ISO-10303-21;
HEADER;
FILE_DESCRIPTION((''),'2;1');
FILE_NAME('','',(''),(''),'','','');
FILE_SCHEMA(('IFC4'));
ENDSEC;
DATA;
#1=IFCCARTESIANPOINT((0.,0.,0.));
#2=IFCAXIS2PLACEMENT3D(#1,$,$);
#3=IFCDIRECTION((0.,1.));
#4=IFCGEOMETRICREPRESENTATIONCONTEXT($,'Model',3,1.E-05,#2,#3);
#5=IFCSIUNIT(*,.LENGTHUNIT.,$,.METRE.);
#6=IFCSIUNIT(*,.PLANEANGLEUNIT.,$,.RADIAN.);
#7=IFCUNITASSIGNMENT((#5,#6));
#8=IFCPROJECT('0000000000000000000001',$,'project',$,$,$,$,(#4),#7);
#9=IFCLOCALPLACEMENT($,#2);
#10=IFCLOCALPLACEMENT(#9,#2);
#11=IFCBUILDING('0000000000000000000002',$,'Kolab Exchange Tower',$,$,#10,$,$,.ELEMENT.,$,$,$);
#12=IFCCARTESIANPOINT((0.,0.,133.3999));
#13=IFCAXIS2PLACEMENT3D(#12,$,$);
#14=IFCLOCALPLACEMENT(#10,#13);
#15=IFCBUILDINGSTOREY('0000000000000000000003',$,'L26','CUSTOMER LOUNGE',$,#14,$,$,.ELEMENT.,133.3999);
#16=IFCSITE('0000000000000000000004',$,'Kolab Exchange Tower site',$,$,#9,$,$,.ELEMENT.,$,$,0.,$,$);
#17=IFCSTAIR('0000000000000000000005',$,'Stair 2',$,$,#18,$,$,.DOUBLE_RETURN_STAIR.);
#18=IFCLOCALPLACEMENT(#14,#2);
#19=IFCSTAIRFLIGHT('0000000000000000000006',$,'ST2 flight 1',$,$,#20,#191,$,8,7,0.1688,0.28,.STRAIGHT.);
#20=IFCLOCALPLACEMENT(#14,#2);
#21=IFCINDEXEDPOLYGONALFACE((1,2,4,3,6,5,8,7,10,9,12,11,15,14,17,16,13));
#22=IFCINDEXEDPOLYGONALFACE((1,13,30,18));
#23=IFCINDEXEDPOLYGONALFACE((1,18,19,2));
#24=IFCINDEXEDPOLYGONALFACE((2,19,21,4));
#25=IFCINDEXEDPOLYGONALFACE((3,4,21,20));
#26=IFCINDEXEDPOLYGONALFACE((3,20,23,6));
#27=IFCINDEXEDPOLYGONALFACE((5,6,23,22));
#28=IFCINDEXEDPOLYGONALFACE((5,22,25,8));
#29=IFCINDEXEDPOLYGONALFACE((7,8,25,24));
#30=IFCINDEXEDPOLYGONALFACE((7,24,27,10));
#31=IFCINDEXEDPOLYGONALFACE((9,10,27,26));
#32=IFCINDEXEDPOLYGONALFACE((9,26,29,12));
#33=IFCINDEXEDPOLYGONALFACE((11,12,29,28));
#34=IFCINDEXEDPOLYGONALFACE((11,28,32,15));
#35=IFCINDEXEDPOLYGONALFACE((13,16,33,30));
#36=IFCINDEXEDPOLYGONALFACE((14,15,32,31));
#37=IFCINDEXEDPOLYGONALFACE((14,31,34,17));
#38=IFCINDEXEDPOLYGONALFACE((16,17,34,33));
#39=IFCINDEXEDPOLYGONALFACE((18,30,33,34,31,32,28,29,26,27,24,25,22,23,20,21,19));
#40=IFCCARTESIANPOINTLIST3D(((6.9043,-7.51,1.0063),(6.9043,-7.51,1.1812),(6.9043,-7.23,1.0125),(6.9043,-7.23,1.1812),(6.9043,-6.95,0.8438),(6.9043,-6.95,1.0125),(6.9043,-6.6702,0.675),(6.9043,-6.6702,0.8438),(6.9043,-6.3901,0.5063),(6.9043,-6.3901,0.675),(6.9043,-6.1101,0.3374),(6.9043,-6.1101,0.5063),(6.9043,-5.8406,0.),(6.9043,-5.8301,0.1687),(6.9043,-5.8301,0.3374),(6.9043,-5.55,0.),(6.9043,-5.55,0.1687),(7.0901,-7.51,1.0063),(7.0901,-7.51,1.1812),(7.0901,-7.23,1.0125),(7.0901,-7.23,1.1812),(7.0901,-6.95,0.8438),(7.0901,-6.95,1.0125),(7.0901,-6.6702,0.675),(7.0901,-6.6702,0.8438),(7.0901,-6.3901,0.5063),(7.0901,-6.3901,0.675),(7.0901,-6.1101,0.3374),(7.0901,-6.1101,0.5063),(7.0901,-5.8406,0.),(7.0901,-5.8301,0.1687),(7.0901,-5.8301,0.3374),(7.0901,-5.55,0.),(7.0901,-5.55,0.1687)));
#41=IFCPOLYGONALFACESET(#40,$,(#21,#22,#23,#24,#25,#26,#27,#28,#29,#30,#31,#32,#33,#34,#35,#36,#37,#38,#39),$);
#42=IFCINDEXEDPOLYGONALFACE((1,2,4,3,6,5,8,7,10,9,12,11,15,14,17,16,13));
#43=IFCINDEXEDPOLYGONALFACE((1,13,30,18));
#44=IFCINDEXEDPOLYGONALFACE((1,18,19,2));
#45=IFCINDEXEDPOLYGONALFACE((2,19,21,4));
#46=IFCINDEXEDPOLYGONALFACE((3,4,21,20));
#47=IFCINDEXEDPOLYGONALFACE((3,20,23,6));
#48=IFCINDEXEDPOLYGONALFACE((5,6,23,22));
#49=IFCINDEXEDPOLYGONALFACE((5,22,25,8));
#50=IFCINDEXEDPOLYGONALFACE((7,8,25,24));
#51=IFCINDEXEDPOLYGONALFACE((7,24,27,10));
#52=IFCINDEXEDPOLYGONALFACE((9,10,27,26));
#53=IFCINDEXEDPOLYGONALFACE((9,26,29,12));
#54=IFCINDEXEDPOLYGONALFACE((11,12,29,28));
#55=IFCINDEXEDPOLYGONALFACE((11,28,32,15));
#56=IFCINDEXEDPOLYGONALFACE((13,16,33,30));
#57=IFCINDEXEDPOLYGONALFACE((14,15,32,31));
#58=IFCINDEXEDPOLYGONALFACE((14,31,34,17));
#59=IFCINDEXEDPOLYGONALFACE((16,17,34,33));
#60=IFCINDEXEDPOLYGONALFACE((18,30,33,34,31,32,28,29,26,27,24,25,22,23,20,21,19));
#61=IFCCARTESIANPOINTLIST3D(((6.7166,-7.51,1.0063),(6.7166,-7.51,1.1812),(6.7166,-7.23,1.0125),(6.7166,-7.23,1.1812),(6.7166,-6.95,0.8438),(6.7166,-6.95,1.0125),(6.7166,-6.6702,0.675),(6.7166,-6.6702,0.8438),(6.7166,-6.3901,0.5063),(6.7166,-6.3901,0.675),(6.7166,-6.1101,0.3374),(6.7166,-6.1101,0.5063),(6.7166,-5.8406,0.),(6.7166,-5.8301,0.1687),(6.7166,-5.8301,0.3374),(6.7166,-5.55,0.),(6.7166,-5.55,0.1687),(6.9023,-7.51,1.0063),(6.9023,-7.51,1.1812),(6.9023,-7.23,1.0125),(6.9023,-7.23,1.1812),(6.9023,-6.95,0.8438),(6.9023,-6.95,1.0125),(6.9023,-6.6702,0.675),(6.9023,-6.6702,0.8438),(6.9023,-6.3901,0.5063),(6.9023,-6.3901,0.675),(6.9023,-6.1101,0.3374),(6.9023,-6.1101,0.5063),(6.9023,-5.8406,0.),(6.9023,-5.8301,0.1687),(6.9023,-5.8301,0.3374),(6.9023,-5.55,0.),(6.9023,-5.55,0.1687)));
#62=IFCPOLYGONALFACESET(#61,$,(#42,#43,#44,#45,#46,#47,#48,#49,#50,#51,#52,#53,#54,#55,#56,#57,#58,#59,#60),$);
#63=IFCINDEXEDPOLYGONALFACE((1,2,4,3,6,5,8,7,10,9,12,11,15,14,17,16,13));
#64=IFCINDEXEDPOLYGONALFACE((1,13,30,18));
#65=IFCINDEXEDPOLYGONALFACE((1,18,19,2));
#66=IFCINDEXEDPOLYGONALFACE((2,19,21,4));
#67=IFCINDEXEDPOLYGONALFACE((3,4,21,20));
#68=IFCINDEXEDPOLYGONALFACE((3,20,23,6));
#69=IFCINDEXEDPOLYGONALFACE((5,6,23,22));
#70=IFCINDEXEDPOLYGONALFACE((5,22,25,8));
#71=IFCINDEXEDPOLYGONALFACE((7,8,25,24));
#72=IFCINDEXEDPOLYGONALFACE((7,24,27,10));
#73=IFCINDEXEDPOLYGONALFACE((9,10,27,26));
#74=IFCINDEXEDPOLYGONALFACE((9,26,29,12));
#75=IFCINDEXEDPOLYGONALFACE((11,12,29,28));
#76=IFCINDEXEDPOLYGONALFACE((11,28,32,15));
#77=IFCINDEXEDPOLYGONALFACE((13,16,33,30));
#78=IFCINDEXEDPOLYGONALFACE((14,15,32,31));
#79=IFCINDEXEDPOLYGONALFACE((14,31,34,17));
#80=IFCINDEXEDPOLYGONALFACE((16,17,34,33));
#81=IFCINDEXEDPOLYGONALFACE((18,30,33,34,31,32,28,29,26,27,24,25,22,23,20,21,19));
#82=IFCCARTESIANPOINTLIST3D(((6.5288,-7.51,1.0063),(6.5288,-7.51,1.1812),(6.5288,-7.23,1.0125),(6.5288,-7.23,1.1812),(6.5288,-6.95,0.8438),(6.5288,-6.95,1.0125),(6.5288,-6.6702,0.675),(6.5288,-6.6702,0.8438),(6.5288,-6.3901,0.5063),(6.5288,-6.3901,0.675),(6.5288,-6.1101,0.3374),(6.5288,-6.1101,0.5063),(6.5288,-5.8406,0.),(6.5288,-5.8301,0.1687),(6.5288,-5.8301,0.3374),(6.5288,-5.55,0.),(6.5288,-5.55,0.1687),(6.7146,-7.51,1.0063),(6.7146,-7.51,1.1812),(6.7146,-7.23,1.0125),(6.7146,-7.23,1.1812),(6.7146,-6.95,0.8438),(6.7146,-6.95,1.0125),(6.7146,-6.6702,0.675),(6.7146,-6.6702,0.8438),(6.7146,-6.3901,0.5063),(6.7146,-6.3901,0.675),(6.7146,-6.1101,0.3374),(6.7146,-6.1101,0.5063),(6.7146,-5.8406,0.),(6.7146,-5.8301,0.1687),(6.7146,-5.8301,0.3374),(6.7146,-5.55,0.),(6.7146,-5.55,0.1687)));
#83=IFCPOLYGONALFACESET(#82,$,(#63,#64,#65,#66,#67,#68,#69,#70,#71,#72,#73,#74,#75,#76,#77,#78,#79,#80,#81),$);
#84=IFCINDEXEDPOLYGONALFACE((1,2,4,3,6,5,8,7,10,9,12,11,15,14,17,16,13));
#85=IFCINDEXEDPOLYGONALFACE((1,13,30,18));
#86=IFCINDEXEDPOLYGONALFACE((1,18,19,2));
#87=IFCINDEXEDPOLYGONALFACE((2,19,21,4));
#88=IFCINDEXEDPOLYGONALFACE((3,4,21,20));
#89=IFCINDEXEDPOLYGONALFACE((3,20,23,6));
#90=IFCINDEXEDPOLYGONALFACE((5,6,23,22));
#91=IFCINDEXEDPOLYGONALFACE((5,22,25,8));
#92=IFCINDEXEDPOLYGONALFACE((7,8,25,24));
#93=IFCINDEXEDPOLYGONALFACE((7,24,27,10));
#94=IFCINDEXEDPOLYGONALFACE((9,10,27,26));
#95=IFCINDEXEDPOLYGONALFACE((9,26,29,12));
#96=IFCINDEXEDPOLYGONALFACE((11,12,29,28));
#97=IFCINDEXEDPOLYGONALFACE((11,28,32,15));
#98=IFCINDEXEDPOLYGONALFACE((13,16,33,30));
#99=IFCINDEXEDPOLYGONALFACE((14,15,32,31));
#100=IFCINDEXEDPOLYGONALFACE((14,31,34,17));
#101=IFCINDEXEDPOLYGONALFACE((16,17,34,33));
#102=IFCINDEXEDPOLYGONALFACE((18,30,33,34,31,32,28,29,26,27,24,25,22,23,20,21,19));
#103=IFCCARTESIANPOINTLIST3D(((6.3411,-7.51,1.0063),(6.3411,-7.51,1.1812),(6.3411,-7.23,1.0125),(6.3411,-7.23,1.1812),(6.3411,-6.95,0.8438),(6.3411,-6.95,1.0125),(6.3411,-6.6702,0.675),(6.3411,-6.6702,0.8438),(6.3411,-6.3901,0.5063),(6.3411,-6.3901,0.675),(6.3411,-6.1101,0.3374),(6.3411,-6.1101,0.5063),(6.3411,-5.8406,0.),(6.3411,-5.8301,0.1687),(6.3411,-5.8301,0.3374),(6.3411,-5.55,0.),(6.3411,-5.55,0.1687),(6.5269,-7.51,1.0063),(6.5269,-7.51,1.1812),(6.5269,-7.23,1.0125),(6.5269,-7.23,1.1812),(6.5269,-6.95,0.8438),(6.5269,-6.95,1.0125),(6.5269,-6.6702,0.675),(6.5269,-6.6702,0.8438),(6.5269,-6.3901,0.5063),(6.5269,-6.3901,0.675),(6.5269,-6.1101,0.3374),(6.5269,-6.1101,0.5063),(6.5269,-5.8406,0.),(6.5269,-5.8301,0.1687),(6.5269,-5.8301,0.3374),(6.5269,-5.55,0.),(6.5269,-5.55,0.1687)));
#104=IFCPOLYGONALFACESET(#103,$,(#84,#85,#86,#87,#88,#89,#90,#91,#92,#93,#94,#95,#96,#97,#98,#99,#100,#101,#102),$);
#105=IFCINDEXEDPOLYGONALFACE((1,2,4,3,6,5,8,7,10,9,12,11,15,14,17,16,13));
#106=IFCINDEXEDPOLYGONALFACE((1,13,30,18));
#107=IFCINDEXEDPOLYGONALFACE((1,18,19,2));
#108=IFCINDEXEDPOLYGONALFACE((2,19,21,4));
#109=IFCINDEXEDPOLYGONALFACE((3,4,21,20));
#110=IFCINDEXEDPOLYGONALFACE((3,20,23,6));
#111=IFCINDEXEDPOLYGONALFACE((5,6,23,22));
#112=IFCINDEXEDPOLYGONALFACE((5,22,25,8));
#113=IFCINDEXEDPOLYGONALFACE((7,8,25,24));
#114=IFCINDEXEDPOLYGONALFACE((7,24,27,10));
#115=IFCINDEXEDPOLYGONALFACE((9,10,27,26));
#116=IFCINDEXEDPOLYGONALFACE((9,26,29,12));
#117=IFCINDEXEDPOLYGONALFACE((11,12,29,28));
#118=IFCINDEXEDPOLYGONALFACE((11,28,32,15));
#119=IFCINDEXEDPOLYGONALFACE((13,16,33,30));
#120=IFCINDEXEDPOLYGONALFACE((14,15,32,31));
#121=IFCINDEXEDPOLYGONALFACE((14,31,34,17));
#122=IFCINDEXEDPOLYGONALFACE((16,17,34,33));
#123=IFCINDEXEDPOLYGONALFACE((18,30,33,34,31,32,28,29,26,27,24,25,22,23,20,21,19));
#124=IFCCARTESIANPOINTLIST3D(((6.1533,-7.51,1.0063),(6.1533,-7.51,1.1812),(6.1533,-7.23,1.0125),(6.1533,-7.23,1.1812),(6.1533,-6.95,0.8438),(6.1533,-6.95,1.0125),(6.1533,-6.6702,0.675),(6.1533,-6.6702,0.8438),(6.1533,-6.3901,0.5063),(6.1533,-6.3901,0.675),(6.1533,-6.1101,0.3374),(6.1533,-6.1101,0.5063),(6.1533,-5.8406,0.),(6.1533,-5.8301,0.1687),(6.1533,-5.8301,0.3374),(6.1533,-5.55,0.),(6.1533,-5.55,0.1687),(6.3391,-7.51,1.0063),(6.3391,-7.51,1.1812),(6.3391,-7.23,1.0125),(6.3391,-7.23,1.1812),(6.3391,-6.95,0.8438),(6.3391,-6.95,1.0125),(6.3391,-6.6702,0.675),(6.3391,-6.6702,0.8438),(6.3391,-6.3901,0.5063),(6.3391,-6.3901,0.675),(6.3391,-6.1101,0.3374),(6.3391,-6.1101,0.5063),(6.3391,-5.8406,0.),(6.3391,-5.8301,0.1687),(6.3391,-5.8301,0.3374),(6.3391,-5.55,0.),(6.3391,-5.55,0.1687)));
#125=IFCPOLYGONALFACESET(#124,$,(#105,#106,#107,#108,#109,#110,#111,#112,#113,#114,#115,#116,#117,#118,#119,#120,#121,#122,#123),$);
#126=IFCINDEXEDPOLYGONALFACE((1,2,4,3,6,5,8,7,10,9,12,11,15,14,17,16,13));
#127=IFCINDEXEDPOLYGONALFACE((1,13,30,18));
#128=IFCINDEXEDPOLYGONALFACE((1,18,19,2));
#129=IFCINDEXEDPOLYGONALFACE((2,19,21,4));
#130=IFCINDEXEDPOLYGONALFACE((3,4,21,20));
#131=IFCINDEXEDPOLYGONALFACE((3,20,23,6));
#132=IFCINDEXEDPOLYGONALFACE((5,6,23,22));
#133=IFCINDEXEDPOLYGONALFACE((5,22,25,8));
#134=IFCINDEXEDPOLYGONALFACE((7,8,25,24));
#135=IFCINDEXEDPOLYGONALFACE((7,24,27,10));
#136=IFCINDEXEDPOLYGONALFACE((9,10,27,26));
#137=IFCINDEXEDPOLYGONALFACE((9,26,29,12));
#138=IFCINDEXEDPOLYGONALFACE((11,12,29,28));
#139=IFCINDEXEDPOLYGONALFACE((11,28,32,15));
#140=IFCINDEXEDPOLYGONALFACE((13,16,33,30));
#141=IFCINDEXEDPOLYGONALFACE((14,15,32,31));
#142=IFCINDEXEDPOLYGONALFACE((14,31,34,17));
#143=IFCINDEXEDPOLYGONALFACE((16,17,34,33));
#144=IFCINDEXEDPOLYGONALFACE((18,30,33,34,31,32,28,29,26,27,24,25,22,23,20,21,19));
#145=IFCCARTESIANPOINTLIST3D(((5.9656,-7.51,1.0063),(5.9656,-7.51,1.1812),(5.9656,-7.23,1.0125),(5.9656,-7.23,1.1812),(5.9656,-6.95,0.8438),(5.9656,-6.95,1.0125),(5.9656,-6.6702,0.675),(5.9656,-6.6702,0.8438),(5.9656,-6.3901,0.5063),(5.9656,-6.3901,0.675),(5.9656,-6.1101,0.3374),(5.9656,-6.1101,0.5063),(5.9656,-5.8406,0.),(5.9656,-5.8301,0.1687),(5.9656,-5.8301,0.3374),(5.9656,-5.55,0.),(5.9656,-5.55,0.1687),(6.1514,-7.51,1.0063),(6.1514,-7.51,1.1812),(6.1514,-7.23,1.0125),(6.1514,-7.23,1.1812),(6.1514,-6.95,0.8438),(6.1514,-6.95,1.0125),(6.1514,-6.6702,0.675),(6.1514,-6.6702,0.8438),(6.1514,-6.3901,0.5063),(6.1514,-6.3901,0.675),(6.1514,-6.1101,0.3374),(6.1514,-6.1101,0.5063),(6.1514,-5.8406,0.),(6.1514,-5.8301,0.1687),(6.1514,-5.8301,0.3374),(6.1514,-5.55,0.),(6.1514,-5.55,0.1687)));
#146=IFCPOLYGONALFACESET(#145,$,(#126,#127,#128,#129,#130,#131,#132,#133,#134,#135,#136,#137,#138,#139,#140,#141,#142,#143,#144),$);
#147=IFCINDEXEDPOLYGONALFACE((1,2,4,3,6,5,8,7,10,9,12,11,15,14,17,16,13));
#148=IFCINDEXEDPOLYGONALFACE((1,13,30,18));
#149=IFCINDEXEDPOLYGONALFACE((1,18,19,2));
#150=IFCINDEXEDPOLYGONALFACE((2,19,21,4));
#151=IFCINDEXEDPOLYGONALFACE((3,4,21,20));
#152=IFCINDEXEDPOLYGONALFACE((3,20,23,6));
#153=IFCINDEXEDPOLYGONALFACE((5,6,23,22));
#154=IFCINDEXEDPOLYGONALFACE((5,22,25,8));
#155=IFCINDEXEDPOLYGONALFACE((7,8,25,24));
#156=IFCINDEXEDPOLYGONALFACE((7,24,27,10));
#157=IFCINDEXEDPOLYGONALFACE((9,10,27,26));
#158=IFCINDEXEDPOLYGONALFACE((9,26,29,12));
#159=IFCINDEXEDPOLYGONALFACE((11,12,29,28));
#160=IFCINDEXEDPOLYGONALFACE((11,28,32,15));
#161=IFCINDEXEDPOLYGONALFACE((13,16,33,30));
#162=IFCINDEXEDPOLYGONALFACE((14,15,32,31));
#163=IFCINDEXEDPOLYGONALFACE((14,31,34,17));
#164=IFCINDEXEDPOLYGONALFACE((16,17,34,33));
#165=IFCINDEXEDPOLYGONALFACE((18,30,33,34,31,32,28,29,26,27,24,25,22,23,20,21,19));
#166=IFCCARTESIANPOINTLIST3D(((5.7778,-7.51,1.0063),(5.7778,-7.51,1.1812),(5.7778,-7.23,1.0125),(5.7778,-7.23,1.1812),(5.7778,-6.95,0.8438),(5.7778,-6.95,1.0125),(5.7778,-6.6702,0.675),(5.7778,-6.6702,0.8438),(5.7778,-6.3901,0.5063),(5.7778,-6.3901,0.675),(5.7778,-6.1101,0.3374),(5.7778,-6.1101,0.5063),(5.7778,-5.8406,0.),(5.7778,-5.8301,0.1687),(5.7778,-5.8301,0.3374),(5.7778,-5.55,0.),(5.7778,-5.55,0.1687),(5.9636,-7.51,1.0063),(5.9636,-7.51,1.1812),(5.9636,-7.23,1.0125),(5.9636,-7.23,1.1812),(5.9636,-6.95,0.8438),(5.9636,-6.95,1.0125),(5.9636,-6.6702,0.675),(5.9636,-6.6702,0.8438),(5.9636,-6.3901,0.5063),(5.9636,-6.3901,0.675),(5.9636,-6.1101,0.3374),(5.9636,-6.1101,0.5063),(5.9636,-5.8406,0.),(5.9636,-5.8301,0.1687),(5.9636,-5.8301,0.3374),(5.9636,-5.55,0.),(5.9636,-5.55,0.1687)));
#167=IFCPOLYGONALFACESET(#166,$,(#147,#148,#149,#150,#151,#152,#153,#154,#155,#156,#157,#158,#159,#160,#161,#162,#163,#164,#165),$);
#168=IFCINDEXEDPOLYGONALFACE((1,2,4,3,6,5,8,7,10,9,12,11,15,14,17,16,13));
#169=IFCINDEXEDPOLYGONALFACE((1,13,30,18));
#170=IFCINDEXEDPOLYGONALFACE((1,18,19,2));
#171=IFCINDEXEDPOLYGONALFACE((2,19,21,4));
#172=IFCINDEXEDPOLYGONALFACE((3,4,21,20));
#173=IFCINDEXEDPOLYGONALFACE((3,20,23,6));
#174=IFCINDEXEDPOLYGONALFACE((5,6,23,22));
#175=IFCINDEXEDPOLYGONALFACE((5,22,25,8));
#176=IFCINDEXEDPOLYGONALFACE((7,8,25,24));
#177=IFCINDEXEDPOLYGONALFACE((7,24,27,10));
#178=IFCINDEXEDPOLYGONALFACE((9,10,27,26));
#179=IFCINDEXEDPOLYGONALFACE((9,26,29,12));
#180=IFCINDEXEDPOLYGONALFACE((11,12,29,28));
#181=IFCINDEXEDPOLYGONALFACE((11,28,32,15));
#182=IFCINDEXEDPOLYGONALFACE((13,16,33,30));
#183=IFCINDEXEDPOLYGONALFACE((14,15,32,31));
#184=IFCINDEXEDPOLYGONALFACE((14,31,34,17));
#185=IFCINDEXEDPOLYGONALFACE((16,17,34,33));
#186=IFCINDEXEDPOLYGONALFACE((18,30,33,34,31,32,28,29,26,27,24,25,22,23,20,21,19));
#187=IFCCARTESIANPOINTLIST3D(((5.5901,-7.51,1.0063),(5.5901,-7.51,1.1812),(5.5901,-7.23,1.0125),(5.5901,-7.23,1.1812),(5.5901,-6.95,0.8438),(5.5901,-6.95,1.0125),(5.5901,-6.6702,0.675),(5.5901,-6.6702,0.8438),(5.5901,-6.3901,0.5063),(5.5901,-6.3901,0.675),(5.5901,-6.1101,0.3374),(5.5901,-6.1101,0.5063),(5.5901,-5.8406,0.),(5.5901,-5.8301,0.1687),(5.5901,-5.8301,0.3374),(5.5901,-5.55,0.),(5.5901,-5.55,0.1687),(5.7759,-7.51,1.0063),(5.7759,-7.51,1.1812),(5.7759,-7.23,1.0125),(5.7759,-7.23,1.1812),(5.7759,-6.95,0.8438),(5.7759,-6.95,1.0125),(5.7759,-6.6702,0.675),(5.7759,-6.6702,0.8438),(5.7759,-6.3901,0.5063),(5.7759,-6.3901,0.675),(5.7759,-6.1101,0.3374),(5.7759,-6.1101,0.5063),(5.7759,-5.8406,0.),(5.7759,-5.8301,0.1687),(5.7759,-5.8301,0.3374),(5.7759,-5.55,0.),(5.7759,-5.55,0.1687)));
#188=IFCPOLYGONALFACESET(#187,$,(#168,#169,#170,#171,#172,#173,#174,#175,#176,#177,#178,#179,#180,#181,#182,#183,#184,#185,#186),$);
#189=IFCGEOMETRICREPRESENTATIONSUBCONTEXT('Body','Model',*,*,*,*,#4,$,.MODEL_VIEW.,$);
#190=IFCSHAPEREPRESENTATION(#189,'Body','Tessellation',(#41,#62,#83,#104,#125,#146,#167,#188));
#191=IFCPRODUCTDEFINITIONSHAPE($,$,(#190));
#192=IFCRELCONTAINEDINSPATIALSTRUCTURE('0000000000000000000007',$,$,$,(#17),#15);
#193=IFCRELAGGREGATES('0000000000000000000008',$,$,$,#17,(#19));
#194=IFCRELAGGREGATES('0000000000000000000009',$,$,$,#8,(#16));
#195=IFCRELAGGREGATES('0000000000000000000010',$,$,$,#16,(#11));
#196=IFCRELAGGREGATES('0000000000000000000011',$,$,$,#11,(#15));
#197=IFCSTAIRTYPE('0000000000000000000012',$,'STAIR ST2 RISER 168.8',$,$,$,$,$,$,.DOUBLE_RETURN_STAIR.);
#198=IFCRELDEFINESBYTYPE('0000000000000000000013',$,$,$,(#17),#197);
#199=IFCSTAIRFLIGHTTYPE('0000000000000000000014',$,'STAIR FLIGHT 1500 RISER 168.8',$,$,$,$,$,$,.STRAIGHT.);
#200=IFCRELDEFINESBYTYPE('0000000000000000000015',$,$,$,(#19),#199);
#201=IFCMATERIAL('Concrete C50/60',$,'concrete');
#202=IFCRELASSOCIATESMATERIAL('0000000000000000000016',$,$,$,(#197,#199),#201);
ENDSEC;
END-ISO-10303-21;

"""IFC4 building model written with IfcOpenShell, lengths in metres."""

from ifc_helpers import new_model, si_unit, direction, frame, origin, place, context, subcontext, project, spatial, polyline, outline, extrude, material, type_object, element, aggregate, save


model = new_model("IFC4")

# Units and contexts
model_context = context("Model", 3, precision=1e-05, world=origin(), true_north=direction((0.0, 1.0)))
body_context = subcontext(model_context, "Body", "Model", "MODEL_VIEW")
ifc_project = project(units=[si_unit("LENGTHUNIT", "METRE"), si_unit("PLANEANGLEUNIT", "RADIAN")], contexts=[model_context])

# Site, building, storey
site_placement = place(None, origin())
site = spatial("IfcSite", under=ifc_project, at=site_placement, Name="Kolab Exchange Tower site", CompositionType="ELEMENT", RefElevation=0.0)
building_placement = place(site_placement, origin())
building = spatial("IfcBuilding", under=site, at=building_placement, Name="Kolab Exchange Tower", CompositionType="ELEMENT")
storey_placement = place(building_placement, frame((0.0, 0.0, 133.3999)))
storey = spatial("IfcBuildingStorey", under=building, at=storey_placement, Name="L26", Description="CUSTOMER LOUNGE", CompositionType="ELEMENT", Elevation=133.3999)

# Shared definitions
ifc_material_1 = material(Name="Concrete C50/60", Category="concrete")

# Stair, stair flight
stair_type = type_object("IfcStairType", Name="STAIR ST2 RISER 168.8", PredefinedType="DOUBLE_RETURN_STAIR", material=ifc_material_1)
stair_placement = place(storey_placement, origin())
stair = element("IfcStair", 1, at=stair_placement, inside=storey, type_object=stair_type, Name="Stair 2", PredefinedType="DOUBLE_RETURN_STAIR")
stair_flight_type = type_object("IfcStairFlightType", Name="STAIR FLIGHT 1500 RISER 168.8", PredefinedType="STRAIGHT", material=ifc_material_1)
stair_flight_1_placement = place(storey_placement, frame((6.3401, -5.55, 0.0), z_axis=(0.0, 0.0, 1.0), x_axis=(0.0, -1.0, 0.0)))
stair_flight_1 = element("IfcStairFlight", 2, at=stair_flight_1_placement, type_object=stair_flight_type, Name="ST2 flight 1", NumberOfRisers=8, NumberOfTreads=7, PredefinedType="STRAIGHT", RiserHeight=0.1688, TreadLength=0.28, context=body_context, shape_type="SweptSolid", body=[
    extrude(outline(polyline([(0.0, 0.0), (0.0, 0.1687), (0.28, 0.1687), (0.28, 0.3374), (0.5601, 0.3374), (0.5601, 0.5063), (0.8401, 0.5063), (0.8401, 0.675), (1.1201, 0.675), (1.1201, 0.8438), (1.3999, 0.8438), (1.3999, 1.0125), (1.6799, 1.0125), (1.6799, 1.1812), (1.96, 1.1812), (1.96, 1.3501), (1.96, 1.0063), (0.2905, 0.0), (0.0, 0.0)])), frame((0.0, 0.75, 0.0), z_axis=(0.0, -1.0, 0.0), x_axis=(1.0, 0.0, 0.0)), (0.0, 0.0, 1.0), 0.1858),
    extrude(outline(polyline([(0.0, 0.0), (0.0, 0.1687), (0.28, 0.1687), (0.28, 0.3374), (0.5601, 0.3374), (0.5601, 0.5063), (0.8401, 0.5063), (0.8401, 0.675), (1.1201, 0.675), (1.1201, 0.8438), (1.3999, 0.8438), (1.3999, 1.0125), (1.6799, 1.0125), (1.6799, 1.1812), (1.96, 1.1812), (1.96, 1.3501), (1.96, 1.0063), (0.2905, 0.0), (0.0, 0.0)])), frame((0.0, 0.5623, 0.0), z_axis=(0.0, -1.0, 0.0), x_axis=(1.0, 0.0, 0.0)), (0.0, 0.0, 1.0), 0.1858),
    extrude(outline(polyline([(0.0, 0.0), (0.0, 0.1687), (0.28, 0.1687), (0.28, 0.3374), (0.5601, 0.3374), (0.5601, 0.5063), (0.8401, 0.5063), (0.8401, 0.675), (1.1201, 0.675), (1.1201, 0.8438), (1.3999, 0.8438), (1.3999, 1.0125), (1.6799, 1.0125), (1.6799, 1.1812), (1.96, 1.1812), (1.96, 1.3501), (1.96, 1.0063), (0.2905, 0.0), (0.0, 0.0)])), frame((0.0, 0.3745, 0.0), z_axis=(0.0, -1.0, 0.0), x_axis=(1.0, 0.0, 0.0)), (0.0, 0.0, 1.0), 0.1858),
    extrude(outline(polyline([(0.0, 0.0), (0.0, 0.1687), (0.28, 0.1687), (0.28, 0.3374), (0.5601, 0.3374), (0.5601, 0.5063), (0.8401, 0.5063), (0.8401, 0.675), (1.1201, 0.675), (1.1201, 0.8438), (1.3999, 0.8438), (1.3999, 1.0125), (1.6799, 1.0125), (1.6799, 1.1812), (1.96, 1.1812), (1.96, 1.3501), (1.96, 1.0063), (0.2905, 0.0), (0.0, 0.0)])), frame((0.0, 0.1868, 0.0), z_axis=(0.0, -1.0, 0.0), x_axis=(1.0, 0.0, 0.0)), (0.0, 0.0, 1.0), 0.1858),
    extrude(outline(polyline([(0.0, 0.0), (0.0, 0.1687), (0.28, 0.1687), (0.28, 0.3374), (0.5601, 0.3374), (0.5601, 0.5063), (0.8401, 0.5063), (0.8401, 0.675), (1.1201, 0.675), (1.1201, 0.8438), (1.3999, 0.8438), (1.3999, 1.0125), (1.6799, 1.0125), (1.6799, 1.1812), (1.96, 1.1812), (1.96, 1.3501), (1.96, 1.0063), (0.2905, 0.0), (0.0, 0.0)])), frame((0.0, -0.001, 0.0), z_axis=(0.0, -1.0, 0.0), x_axis=(1.0, 0.0, 0.0)), (0.0, 0.0, 1.0), 0.1858),
    extrude(outline(polyline([(0.0, 0.0), (0.0, 0.1687), (0.28, 0.1687), (0.28, 0.3374), (0.5601, 0.3374), (0.5601, 0.5063), (0.8401, 0.5063), (0.8401, 0.675), (1.1201, 0.675), (1.1201, 0.8438), (1.3999, 0.8438), (1.3999, 1.0125), (1.6799, 1.0125), (1.6799, 1.1812), (1.96, 1.1812), (1.96, 1.3501), (1.96, 1.0063), (0.2905, 0.0), (0.0, 0.0)])), frame((0.0, -0.1887, 0.0), z_axis=(0.0, -1.0, 0.0), x_axis=(1.0, 0.0, 0.0)), (0.0, 0.0, 1.0), 0.1858),
    extrude(outline(polyline([(0.0, 0.0), (0.0, 0.1687), (0.28, 0.1687), (0.28, 0.3374), (0.5601, 0.3374), (0.5601, 0.5063), (0.8401, 0.5063), (0.8401, 0.675), (1.1201, 0.675), (1.1201, 0.8438), (1.3999, 0.8438), (1.3999, 1.0125), (1.6799, 1.0125), (1.6799, 1.1812), (1.96, 1.1812), (1.96, 1.3501), (1.96, 1.0063), (0.2905, 0.0), (0.0, 0.0)])), frame((0.0, -0.3765, 0.0), z_axis=(0.0, -1.0, 0.0), x_axis=(1.0, 0.0, 0.0)), (0.0, 0.0, 1.0), 0.1858),
    extrude(outline(polyline([(0.0, 0.0), (0.0, 0.1687), (0.28, 0.1687), (0.28, 0.3374), (0.5601, 0.3374), (0.5601, 0.5063), (0.8401, 0.5063), (0.8401, 0.675), (1.1201, 0.675), (1.1201, 0.8438), (1.3999, 0.8438), (1.3999, 1.0125), (1.6799, 1.0125), (1.6799, 1.1812), (1.96, 1.1812), (1.96, 1.3501), (1.96, 1.0063), (0.2905, 0.0), (0.0, 0.0)])), frame((0.0, -0.5642, 0.0), z_axis=(0.0, -1.0, 0.0), x_axis=(1.0, 0.0, 0.0)), (0.0, 0.0, 1.0), 0.1858),
])
aggregate(stair, [stair_flight_1])

save(model, "model.ifc")
